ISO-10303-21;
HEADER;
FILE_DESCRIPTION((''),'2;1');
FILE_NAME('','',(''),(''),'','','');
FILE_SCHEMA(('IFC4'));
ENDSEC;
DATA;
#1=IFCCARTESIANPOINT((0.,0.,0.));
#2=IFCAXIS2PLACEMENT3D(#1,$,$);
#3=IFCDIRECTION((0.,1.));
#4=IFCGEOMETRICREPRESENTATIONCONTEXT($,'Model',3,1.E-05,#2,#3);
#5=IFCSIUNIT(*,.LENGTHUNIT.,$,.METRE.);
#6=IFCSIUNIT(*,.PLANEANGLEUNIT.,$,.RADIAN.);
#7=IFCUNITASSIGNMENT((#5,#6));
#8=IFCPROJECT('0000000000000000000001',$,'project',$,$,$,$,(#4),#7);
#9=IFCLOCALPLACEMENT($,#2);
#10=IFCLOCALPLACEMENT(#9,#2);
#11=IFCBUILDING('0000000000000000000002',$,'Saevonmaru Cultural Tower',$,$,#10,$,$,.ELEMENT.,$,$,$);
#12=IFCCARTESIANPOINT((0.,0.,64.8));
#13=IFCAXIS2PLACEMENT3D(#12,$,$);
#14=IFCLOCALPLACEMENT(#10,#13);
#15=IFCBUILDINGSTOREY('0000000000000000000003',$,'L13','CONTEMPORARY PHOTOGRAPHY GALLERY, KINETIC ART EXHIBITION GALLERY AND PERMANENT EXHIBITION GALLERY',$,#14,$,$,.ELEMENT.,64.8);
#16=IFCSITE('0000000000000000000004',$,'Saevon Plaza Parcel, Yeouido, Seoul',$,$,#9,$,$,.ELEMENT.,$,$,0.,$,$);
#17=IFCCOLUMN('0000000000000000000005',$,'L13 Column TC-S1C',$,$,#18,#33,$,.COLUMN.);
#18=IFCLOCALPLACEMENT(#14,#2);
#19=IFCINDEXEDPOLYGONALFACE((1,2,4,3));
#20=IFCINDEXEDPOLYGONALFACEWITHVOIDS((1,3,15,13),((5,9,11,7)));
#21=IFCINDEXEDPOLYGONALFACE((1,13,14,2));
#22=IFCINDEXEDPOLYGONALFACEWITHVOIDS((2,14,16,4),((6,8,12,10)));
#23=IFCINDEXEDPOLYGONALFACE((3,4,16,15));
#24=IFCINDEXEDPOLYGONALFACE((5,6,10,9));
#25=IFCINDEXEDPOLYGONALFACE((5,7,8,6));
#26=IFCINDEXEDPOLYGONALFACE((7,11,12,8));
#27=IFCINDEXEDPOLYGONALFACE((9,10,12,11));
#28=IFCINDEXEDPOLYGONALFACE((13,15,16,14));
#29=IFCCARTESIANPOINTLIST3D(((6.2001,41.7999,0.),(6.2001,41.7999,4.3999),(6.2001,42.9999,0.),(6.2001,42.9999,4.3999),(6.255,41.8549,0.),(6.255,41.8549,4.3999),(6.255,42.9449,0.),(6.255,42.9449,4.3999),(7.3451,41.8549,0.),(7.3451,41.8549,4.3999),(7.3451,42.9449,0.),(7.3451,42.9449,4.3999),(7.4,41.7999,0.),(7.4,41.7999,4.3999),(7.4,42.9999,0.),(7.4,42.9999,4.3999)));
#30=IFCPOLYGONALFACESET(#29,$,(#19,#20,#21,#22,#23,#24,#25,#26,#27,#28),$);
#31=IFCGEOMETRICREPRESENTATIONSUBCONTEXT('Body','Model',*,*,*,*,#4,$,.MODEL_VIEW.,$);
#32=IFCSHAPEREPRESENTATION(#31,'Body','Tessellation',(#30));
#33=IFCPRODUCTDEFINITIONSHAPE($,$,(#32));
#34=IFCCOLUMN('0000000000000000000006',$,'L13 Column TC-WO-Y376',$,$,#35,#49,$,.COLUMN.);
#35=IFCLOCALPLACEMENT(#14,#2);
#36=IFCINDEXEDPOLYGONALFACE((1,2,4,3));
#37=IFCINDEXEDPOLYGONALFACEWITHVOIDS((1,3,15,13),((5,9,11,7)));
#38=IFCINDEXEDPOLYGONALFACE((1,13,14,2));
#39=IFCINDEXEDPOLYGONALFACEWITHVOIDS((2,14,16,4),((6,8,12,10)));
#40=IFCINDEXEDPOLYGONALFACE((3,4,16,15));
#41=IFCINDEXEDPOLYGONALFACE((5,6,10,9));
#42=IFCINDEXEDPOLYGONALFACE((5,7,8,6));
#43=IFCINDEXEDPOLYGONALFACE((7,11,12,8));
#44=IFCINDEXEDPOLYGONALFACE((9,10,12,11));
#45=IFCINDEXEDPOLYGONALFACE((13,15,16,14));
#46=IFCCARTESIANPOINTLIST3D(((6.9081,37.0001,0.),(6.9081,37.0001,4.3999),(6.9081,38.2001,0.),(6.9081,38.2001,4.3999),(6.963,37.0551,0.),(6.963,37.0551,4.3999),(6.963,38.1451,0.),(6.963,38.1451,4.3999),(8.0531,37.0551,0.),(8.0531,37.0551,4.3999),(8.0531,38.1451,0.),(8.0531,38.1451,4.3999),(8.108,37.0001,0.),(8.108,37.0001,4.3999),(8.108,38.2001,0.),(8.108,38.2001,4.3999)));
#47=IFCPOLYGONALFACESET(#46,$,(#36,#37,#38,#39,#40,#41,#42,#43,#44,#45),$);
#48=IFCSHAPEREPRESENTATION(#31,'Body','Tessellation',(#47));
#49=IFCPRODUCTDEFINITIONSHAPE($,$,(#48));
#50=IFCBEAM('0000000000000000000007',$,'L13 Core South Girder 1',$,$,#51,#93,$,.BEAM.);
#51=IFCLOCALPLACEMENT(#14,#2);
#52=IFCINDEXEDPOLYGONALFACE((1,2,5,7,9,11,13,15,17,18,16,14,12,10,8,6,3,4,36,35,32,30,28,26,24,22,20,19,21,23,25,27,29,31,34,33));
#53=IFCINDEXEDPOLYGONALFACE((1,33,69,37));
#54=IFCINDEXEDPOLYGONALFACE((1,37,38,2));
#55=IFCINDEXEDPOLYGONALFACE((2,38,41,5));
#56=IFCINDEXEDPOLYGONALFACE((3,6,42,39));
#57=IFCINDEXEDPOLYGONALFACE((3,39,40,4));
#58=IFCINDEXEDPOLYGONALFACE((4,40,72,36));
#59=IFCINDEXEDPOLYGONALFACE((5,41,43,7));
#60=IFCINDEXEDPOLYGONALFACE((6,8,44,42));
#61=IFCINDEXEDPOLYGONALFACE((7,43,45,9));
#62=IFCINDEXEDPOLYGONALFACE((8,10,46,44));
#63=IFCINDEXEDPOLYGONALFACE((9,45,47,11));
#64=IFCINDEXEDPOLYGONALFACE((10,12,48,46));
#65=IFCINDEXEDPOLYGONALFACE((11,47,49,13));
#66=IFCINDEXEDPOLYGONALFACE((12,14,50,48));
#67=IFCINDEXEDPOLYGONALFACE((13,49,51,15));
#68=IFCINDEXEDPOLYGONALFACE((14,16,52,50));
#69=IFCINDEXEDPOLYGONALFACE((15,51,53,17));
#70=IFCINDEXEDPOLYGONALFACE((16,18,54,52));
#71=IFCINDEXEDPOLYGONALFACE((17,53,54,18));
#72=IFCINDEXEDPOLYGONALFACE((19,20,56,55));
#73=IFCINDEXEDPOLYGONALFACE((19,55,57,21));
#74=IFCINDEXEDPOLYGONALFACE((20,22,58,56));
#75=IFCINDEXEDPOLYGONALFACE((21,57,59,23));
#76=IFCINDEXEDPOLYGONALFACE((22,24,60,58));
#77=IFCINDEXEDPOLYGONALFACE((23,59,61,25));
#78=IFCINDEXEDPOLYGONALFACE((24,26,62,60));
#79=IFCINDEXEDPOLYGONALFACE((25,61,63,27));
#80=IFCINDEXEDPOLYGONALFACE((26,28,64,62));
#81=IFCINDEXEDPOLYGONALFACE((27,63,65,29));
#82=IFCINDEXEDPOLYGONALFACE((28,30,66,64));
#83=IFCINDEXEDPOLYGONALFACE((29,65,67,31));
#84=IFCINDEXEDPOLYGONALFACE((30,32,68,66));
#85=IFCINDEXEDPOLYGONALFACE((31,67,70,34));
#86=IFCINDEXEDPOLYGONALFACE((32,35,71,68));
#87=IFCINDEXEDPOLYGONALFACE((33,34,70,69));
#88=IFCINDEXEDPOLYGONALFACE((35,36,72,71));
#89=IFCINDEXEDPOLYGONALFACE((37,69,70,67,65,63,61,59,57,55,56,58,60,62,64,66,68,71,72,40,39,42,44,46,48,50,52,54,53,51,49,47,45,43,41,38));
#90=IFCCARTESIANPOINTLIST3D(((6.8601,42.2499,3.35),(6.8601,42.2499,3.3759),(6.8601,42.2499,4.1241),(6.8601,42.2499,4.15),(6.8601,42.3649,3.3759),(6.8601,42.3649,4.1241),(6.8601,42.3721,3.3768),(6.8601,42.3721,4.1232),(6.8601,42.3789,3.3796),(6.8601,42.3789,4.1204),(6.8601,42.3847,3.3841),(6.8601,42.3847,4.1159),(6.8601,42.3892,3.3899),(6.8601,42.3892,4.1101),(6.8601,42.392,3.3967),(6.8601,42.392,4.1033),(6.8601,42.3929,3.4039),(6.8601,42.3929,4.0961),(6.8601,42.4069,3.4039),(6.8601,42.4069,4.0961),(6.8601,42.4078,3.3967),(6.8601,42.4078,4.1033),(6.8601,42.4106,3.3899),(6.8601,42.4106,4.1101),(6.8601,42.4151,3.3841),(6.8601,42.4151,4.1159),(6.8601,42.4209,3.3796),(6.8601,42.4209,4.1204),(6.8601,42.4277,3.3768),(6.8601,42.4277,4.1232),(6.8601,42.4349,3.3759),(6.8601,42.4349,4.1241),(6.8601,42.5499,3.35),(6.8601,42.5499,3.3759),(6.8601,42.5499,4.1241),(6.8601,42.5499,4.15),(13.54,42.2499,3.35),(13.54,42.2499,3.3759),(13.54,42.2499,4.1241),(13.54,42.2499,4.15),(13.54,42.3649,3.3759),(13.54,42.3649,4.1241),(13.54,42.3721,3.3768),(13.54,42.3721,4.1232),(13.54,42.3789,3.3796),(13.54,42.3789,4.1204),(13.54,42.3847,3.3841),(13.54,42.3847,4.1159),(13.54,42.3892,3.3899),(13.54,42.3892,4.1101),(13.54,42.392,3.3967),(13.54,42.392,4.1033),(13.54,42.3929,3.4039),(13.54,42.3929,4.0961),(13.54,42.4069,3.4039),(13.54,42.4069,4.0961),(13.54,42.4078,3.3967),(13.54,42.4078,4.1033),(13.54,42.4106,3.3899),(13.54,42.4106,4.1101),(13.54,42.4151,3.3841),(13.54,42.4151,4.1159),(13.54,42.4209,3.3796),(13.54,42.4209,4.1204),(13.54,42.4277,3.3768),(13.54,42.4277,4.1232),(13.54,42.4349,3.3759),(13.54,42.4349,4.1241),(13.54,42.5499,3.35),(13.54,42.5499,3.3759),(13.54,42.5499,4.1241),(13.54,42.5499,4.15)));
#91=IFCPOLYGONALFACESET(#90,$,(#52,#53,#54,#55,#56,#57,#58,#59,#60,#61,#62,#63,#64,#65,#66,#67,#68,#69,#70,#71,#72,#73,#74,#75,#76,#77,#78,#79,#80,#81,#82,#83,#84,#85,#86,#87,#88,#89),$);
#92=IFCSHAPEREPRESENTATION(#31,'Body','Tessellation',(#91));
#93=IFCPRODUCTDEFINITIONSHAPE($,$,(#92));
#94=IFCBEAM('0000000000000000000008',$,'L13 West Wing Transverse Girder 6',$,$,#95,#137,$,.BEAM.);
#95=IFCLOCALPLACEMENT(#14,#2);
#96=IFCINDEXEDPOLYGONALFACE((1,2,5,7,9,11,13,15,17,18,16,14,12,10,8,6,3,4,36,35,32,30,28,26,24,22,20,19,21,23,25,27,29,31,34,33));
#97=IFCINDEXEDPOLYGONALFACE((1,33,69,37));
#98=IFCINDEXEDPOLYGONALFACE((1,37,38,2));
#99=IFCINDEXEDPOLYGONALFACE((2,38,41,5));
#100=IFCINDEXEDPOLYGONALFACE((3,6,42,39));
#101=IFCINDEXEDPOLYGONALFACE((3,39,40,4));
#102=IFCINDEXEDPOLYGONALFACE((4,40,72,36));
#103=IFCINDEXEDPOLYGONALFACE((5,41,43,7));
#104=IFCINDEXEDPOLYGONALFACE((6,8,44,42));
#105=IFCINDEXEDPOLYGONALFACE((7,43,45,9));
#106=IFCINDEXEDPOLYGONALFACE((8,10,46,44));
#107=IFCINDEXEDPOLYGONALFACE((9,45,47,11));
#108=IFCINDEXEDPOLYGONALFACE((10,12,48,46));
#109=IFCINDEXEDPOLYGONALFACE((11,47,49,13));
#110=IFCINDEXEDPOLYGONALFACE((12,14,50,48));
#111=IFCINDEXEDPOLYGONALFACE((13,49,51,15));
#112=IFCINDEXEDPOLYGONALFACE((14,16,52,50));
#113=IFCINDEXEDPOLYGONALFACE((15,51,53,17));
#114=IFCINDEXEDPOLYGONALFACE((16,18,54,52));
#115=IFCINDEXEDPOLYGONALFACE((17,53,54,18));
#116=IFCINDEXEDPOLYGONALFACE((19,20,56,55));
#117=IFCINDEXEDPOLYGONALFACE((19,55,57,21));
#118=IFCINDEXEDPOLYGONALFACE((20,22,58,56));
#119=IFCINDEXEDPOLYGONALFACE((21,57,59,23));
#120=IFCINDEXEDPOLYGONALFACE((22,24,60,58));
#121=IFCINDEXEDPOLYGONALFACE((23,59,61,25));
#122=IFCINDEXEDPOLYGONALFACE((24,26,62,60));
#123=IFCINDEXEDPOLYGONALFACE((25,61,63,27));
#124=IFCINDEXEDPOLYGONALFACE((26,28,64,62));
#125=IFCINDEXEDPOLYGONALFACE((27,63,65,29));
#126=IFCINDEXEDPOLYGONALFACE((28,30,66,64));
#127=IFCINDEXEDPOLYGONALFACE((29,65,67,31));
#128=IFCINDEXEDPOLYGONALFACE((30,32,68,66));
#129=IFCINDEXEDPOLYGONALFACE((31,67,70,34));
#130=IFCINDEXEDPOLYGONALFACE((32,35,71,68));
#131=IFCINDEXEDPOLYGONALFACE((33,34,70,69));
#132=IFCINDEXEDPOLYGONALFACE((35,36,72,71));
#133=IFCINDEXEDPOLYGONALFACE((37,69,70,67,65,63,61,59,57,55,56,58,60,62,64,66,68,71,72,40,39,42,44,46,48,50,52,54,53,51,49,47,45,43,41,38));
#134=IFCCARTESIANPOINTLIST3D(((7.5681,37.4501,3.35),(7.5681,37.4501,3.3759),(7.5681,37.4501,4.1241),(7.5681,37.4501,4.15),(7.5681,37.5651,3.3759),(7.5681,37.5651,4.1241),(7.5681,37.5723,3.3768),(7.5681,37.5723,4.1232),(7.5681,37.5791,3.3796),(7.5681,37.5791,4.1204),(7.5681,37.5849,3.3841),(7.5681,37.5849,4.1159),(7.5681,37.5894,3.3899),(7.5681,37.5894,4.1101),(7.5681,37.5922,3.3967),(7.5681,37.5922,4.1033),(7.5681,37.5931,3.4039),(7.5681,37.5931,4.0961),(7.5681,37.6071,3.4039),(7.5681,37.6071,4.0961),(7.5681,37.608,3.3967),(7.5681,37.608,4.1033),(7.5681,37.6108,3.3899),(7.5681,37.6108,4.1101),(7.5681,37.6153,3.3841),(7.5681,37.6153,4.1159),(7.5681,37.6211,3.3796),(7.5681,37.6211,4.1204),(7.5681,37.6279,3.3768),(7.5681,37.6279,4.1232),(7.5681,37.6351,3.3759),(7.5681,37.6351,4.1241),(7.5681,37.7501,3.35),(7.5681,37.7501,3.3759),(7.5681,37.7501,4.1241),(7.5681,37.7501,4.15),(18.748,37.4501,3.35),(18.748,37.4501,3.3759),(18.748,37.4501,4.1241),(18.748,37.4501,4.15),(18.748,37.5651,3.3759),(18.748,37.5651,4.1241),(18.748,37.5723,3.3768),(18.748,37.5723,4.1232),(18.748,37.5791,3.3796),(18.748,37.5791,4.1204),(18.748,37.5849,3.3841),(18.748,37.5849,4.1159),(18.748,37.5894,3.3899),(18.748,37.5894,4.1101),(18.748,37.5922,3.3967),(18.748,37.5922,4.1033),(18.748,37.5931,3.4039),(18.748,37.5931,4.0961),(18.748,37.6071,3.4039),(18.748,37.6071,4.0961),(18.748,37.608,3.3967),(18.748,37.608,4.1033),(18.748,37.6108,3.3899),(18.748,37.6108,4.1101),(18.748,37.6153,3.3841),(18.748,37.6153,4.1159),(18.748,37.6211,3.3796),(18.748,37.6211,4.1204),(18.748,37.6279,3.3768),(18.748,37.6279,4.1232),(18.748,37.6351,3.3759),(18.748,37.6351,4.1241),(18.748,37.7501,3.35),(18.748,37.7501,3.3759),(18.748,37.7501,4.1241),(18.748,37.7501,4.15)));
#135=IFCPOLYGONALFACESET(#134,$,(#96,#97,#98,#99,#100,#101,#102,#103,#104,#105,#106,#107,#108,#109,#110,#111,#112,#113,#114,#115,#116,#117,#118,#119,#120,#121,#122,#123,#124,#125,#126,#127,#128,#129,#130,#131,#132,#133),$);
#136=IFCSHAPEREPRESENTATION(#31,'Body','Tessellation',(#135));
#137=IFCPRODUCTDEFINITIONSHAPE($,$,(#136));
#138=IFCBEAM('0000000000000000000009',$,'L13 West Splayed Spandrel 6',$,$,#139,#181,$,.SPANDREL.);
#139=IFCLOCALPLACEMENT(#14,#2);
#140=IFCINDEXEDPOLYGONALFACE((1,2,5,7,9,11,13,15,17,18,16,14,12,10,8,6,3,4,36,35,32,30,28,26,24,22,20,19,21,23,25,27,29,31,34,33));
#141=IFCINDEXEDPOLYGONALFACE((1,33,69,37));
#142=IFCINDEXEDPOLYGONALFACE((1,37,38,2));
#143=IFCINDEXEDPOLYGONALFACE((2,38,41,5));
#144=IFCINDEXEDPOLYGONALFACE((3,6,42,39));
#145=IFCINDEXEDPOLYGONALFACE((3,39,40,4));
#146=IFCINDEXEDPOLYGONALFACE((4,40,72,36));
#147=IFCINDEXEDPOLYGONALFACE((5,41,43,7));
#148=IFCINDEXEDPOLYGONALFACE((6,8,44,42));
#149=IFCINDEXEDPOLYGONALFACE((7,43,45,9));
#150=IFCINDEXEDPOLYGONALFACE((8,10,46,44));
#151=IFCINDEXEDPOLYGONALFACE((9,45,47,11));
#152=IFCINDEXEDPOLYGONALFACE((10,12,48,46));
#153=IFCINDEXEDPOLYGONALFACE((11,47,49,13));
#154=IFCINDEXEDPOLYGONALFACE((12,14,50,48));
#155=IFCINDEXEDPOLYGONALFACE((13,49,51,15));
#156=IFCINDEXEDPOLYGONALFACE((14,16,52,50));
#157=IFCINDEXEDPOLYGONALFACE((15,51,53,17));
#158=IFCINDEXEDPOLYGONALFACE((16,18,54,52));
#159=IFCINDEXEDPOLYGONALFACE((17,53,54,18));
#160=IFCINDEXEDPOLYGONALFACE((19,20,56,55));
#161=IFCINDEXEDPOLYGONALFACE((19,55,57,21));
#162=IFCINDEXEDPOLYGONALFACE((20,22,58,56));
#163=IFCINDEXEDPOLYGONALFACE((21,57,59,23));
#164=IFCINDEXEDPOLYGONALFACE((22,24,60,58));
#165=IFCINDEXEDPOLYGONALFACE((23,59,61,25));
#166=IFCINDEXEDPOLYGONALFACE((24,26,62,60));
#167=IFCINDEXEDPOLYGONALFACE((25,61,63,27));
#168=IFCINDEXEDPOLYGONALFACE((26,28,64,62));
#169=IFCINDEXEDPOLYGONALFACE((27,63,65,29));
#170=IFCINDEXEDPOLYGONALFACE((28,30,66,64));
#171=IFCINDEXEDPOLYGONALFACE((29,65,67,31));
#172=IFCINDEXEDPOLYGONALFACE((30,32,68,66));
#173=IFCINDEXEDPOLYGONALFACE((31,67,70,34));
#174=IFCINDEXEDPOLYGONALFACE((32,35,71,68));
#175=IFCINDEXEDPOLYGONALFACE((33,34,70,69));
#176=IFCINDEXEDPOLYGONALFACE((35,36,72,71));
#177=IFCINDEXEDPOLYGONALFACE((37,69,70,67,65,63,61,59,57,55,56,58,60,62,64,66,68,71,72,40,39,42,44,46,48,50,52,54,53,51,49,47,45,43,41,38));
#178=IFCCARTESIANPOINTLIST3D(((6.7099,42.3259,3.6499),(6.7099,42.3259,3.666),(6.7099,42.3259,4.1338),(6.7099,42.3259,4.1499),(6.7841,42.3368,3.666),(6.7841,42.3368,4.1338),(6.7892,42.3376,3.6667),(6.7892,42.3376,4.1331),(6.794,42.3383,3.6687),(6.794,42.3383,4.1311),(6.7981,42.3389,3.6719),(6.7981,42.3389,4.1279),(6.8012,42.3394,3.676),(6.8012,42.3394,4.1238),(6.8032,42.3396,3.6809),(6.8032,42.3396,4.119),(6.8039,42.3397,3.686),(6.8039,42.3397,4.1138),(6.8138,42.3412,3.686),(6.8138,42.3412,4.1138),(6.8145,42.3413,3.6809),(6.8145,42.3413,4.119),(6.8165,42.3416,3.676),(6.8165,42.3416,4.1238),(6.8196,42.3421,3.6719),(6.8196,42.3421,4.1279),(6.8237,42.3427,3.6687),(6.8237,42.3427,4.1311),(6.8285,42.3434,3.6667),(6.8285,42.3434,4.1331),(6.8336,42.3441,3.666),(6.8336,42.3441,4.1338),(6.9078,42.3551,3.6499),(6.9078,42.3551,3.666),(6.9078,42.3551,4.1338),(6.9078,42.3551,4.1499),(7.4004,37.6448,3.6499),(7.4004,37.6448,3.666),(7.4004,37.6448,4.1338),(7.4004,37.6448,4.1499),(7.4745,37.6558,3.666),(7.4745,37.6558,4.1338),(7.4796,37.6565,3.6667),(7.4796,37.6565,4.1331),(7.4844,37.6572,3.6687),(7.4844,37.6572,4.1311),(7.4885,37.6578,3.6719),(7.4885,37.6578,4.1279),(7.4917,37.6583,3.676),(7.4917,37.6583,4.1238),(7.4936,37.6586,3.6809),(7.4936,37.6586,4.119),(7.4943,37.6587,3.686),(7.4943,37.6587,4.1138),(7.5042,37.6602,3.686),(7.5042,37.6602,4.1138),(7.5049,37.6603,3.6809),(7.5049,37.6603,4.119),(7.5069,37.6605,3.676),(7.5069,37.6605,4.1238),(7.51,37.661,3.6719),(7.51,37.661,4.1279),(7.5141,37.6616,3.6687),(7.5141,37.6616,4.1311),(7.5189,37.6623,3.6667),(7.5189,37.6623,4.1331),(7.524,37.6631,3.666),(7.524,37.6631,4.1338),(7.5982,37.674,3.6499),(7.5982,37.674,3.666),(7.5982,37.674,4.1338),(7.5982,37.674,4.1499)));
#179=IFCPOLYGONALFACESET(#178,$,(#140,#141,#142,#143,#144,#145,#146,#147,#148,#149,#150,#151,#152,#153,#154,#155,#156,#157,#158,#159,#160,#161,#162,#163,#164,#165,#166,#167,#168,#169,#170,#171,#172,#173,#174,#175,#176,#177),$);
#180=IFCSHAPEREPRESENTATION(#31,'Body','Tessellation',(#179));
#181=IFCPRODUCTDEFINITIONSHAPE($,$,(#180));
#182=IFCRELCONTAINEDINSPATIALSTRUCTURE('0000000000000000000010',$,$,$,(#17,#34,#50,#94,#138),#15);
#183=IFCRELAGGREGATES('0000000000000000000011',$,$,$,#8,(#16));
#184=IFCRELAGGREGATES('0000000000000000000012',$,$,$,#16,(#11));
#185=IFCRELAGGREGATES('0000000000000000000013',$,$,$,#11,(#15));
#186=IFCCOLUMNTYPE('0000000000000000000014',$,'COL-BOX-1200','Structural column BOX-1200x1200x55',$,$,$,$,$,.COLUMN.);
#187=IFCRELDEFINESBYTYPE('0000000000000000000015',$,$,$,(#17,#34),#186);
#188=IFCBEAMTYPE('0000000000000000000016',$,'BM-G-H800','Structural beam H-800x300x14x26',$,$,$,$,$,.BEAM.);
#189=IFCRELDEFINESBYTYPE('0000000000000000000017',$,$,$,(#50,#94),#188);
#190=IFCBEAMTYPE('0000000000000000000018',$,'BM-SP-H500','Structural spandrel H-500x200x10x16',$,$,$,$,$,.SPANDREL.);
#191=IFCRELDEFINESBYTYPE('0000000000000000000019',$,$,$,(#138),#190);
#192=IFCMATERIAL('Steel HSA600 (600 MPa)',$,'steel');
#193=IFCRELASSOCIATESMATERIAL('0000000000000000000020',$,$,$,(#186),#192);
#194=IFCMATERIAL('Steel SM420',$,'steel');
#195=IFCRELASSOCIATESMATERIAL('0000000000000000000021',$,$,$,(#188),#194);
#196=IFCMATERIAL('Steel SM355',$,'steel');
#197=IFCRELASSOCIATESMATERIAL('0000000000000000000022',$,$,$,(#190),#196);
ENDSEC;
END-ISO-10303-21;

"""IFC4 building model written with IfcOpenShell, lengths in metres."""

from ifc_helpers import new_model, si_unit, direction, frame, origin, origin_2d, place, context, subcontext, project, spatial, hollow_rectangle, i_section, extrude, material, material_profile, profile_set, type_object, element, save


model = new_model("IFC4")

# Units and contexts
model_context = context("Model", 3, precision=1e-05, world=origin(), true_north=direction((0.0, 1.0)))
body_context = subcontext(model_context, "Body", "Model", "MODEL_VIEW")
ifc_project = project(units=[si_unit("LENGTHUNIT", "METRE"), si_unit("PLANEANGLEUNIT", "RADIAN")], contexts=[model_context])

# Site, building, storey
site_placement = place(None, origin())
site = spatial("IfcSite", under=ifc_project, at=site_placement, Name="Saevon Plaza Parcel, Yeouido, Seoul", CompositionType="ELEMENT", RefElevation=0.0)
building_placement = place(site_placement, origin())
building = spatial("IfcBuilding", under=site, at=building_placement, Name="Saevonmaru Cultural Tower", CompositionType="ELEMENT")
storey_placement = place(building_placement, frame((0.0, 0.0, 64.8)))
storey = spatial("IfcBuildingStorey", under=building, at=storey_placement, Name="L13", Description="CONTEMPORARY PHOTOGRAPHY GALLERY, KINETIC ART EXHIBITION GALLERY AND PERMANENT EXHIBITION GALLERY", CompositionType="ELEMENT", Elevation=64.8)

# Columns
ifc_material_1 = material(Name="Steel HSA600 (600 MPa)", Category="steel")
ifc_material_profile_1 = material_profile(ifc_material_1, hollow_rectangle(XDim=1.2, YDim=1.2, WallThickness=0.0549, at=origin_2d()), Name="BOX-1200x1200x55")
ifc_profile_set_1 = profile_set([ifc_material_profile_1], Name="Steel HSA600 (600 MPa)")
column_type = type_object("IfcColumnType", Name="COL-BOX-1200", Description="Structural column BOX-1200x1200x55", PredefinedType="COLUMN", material=ifc_profile_set_1)
for number, where, z_axis, x_axis, name in (
    (1, (6.8, 42.3999, 0.0), (0.0, 0.0, 1.0), (1.0, 0.0, 0.0), "L13 Column TC-S1C"),
    (2, (7.5081, 37.6001, 0.0), (0.0, 0.0, 1.0), (1.0, 0.0, 0.0), "L13 Column TC-WO-Y376"),
):
    element("IfcColumn", number, at=place(storey_placement, frame(where, z_axis=z_axis, x_axis=x_axis)), inside=storey, type_object=column_type, Name=name, PredefinedType="COLUMN", context=body_context, shape_type="SweptSolid", body=[
        extrude(hollow_rectangle(XDim=1.2, YDim=1.2, WallThickness=0.0549, at=origin_2d()), origin(), (0.0, 0.0, 1.0), 4.3999),
    ])

# Beams
ifc_material_2 = material(Name="Steel SM420", Category="steel")
ifc_material_profile_2 = material_profile(ifc_material_2, i_section(OverallWidth=0.3, OverallDepth=0.8, WebThickness=0.0139, FlangeThickness=0.0259, FilletRadius=0.0281, at=origin_2d()), Name="H-800x300x14x26")
ifc_profile_set_2 = profile_set([ifc_material_profile_2], Name="Steel SM420")
beam_type_1 = type_object("IfcBeamType", Name="BM-G-H800", Description="Structural beam H-800x300x14x26", PredefinedType="BEAM", material=ifc_profile_set_2)
beam_1_placement = place(storey_placement, frame((6.8601, 42.3999, 3.75), z_axis=(1.0, 0.0, 0.0), x_axis=(0.0, 1.0, 0.0)))
element("IfcBeam", 3, at=beam_1_placement, inside=storey, type_object=beam_type_1, Name="L13 Core South Girder 1", PredefinedType="BEAM", context=body_context, shape_type="SweptSolid", body=[
    extrude(i_section(OverallWidth=0.3, OverallDepth=0.8, WebThickness=0.0139, FlangeThickness=0.0259, FilletRadius=0.0281, at=origin_2d()), origin(), (0.0, 0.0, 1.0), 6.6799),
])
beam_2_placement = place(storey_placement, frame((7.5681, 37.6001, 3.75), z_axis=(1.0, 0.0, 0.0), x_axis=(0.0, 1.0, 0.0)))
element("IfcBeam", 4, at=beam_2_placement, inside=storey, type_object=beam_type_1, Name="L13 West Wing Transverse Girder 6", PredefinedType="BEAM", context=body_context, shape_type="SweptSolid", body=[
    extrude(i_section(OverallWidth=0.3, OverallDepth=0.8, WebThickness=0.0139, FlangeThickness=0.0259, FilletRadius=0.0281, at=origin_2d()), origin(), (0.0, 0.0, 1.0), 11.1799),
])
ifc_material_3 = material(Name="Steel SM355", Category="steel")
ifc_material_profile_3 = material_profile(ifc_material_3, i_section(OverallWidth=0.2, OverallDepth=0.5, WebThickness=0.01, FlangeThickness=0.0161, FilletRadius=0.02, at=origin_2d()), Name="H-500x200x10x16")
ifc_profile_set_3 = profile_set([ifc_material_profile_3], Name="Steel SM355")
beam_type_2 = type_object("IfcBeamType", Name="BM-SP-H500", Description="Structural spandrel H-500x200x10x16", PredefinedType="SPANDREL", material=ifc_profile_set_3)
beam_3_placement = place(storey_placement, frame((7.4993, 37.6594, 3.8999), z_axis=(-0.145913, 0.989297, 0.0), x_axis=(-0.989297, -0.145913, 0.0)))
element("IfcBeam", 5, at=beam_3_placement, inside=storey, type_object=beam_type_2, Name="L13 West Splayed Spandrel 6", PredefinedType="SPANDREL", context=body_context, shape_type="SweptSolid", body=[
    extrude(i_section(OverallWidth=0.2, OverallDepth=0.5, WebThickness=0.01, FlangeThickness=0.0161, FilletRadius=0.02, at=origin_2d()), origin(), (0.0, 0.0, 1.0), 4.7317),
])

save(model, "model.ifc")
